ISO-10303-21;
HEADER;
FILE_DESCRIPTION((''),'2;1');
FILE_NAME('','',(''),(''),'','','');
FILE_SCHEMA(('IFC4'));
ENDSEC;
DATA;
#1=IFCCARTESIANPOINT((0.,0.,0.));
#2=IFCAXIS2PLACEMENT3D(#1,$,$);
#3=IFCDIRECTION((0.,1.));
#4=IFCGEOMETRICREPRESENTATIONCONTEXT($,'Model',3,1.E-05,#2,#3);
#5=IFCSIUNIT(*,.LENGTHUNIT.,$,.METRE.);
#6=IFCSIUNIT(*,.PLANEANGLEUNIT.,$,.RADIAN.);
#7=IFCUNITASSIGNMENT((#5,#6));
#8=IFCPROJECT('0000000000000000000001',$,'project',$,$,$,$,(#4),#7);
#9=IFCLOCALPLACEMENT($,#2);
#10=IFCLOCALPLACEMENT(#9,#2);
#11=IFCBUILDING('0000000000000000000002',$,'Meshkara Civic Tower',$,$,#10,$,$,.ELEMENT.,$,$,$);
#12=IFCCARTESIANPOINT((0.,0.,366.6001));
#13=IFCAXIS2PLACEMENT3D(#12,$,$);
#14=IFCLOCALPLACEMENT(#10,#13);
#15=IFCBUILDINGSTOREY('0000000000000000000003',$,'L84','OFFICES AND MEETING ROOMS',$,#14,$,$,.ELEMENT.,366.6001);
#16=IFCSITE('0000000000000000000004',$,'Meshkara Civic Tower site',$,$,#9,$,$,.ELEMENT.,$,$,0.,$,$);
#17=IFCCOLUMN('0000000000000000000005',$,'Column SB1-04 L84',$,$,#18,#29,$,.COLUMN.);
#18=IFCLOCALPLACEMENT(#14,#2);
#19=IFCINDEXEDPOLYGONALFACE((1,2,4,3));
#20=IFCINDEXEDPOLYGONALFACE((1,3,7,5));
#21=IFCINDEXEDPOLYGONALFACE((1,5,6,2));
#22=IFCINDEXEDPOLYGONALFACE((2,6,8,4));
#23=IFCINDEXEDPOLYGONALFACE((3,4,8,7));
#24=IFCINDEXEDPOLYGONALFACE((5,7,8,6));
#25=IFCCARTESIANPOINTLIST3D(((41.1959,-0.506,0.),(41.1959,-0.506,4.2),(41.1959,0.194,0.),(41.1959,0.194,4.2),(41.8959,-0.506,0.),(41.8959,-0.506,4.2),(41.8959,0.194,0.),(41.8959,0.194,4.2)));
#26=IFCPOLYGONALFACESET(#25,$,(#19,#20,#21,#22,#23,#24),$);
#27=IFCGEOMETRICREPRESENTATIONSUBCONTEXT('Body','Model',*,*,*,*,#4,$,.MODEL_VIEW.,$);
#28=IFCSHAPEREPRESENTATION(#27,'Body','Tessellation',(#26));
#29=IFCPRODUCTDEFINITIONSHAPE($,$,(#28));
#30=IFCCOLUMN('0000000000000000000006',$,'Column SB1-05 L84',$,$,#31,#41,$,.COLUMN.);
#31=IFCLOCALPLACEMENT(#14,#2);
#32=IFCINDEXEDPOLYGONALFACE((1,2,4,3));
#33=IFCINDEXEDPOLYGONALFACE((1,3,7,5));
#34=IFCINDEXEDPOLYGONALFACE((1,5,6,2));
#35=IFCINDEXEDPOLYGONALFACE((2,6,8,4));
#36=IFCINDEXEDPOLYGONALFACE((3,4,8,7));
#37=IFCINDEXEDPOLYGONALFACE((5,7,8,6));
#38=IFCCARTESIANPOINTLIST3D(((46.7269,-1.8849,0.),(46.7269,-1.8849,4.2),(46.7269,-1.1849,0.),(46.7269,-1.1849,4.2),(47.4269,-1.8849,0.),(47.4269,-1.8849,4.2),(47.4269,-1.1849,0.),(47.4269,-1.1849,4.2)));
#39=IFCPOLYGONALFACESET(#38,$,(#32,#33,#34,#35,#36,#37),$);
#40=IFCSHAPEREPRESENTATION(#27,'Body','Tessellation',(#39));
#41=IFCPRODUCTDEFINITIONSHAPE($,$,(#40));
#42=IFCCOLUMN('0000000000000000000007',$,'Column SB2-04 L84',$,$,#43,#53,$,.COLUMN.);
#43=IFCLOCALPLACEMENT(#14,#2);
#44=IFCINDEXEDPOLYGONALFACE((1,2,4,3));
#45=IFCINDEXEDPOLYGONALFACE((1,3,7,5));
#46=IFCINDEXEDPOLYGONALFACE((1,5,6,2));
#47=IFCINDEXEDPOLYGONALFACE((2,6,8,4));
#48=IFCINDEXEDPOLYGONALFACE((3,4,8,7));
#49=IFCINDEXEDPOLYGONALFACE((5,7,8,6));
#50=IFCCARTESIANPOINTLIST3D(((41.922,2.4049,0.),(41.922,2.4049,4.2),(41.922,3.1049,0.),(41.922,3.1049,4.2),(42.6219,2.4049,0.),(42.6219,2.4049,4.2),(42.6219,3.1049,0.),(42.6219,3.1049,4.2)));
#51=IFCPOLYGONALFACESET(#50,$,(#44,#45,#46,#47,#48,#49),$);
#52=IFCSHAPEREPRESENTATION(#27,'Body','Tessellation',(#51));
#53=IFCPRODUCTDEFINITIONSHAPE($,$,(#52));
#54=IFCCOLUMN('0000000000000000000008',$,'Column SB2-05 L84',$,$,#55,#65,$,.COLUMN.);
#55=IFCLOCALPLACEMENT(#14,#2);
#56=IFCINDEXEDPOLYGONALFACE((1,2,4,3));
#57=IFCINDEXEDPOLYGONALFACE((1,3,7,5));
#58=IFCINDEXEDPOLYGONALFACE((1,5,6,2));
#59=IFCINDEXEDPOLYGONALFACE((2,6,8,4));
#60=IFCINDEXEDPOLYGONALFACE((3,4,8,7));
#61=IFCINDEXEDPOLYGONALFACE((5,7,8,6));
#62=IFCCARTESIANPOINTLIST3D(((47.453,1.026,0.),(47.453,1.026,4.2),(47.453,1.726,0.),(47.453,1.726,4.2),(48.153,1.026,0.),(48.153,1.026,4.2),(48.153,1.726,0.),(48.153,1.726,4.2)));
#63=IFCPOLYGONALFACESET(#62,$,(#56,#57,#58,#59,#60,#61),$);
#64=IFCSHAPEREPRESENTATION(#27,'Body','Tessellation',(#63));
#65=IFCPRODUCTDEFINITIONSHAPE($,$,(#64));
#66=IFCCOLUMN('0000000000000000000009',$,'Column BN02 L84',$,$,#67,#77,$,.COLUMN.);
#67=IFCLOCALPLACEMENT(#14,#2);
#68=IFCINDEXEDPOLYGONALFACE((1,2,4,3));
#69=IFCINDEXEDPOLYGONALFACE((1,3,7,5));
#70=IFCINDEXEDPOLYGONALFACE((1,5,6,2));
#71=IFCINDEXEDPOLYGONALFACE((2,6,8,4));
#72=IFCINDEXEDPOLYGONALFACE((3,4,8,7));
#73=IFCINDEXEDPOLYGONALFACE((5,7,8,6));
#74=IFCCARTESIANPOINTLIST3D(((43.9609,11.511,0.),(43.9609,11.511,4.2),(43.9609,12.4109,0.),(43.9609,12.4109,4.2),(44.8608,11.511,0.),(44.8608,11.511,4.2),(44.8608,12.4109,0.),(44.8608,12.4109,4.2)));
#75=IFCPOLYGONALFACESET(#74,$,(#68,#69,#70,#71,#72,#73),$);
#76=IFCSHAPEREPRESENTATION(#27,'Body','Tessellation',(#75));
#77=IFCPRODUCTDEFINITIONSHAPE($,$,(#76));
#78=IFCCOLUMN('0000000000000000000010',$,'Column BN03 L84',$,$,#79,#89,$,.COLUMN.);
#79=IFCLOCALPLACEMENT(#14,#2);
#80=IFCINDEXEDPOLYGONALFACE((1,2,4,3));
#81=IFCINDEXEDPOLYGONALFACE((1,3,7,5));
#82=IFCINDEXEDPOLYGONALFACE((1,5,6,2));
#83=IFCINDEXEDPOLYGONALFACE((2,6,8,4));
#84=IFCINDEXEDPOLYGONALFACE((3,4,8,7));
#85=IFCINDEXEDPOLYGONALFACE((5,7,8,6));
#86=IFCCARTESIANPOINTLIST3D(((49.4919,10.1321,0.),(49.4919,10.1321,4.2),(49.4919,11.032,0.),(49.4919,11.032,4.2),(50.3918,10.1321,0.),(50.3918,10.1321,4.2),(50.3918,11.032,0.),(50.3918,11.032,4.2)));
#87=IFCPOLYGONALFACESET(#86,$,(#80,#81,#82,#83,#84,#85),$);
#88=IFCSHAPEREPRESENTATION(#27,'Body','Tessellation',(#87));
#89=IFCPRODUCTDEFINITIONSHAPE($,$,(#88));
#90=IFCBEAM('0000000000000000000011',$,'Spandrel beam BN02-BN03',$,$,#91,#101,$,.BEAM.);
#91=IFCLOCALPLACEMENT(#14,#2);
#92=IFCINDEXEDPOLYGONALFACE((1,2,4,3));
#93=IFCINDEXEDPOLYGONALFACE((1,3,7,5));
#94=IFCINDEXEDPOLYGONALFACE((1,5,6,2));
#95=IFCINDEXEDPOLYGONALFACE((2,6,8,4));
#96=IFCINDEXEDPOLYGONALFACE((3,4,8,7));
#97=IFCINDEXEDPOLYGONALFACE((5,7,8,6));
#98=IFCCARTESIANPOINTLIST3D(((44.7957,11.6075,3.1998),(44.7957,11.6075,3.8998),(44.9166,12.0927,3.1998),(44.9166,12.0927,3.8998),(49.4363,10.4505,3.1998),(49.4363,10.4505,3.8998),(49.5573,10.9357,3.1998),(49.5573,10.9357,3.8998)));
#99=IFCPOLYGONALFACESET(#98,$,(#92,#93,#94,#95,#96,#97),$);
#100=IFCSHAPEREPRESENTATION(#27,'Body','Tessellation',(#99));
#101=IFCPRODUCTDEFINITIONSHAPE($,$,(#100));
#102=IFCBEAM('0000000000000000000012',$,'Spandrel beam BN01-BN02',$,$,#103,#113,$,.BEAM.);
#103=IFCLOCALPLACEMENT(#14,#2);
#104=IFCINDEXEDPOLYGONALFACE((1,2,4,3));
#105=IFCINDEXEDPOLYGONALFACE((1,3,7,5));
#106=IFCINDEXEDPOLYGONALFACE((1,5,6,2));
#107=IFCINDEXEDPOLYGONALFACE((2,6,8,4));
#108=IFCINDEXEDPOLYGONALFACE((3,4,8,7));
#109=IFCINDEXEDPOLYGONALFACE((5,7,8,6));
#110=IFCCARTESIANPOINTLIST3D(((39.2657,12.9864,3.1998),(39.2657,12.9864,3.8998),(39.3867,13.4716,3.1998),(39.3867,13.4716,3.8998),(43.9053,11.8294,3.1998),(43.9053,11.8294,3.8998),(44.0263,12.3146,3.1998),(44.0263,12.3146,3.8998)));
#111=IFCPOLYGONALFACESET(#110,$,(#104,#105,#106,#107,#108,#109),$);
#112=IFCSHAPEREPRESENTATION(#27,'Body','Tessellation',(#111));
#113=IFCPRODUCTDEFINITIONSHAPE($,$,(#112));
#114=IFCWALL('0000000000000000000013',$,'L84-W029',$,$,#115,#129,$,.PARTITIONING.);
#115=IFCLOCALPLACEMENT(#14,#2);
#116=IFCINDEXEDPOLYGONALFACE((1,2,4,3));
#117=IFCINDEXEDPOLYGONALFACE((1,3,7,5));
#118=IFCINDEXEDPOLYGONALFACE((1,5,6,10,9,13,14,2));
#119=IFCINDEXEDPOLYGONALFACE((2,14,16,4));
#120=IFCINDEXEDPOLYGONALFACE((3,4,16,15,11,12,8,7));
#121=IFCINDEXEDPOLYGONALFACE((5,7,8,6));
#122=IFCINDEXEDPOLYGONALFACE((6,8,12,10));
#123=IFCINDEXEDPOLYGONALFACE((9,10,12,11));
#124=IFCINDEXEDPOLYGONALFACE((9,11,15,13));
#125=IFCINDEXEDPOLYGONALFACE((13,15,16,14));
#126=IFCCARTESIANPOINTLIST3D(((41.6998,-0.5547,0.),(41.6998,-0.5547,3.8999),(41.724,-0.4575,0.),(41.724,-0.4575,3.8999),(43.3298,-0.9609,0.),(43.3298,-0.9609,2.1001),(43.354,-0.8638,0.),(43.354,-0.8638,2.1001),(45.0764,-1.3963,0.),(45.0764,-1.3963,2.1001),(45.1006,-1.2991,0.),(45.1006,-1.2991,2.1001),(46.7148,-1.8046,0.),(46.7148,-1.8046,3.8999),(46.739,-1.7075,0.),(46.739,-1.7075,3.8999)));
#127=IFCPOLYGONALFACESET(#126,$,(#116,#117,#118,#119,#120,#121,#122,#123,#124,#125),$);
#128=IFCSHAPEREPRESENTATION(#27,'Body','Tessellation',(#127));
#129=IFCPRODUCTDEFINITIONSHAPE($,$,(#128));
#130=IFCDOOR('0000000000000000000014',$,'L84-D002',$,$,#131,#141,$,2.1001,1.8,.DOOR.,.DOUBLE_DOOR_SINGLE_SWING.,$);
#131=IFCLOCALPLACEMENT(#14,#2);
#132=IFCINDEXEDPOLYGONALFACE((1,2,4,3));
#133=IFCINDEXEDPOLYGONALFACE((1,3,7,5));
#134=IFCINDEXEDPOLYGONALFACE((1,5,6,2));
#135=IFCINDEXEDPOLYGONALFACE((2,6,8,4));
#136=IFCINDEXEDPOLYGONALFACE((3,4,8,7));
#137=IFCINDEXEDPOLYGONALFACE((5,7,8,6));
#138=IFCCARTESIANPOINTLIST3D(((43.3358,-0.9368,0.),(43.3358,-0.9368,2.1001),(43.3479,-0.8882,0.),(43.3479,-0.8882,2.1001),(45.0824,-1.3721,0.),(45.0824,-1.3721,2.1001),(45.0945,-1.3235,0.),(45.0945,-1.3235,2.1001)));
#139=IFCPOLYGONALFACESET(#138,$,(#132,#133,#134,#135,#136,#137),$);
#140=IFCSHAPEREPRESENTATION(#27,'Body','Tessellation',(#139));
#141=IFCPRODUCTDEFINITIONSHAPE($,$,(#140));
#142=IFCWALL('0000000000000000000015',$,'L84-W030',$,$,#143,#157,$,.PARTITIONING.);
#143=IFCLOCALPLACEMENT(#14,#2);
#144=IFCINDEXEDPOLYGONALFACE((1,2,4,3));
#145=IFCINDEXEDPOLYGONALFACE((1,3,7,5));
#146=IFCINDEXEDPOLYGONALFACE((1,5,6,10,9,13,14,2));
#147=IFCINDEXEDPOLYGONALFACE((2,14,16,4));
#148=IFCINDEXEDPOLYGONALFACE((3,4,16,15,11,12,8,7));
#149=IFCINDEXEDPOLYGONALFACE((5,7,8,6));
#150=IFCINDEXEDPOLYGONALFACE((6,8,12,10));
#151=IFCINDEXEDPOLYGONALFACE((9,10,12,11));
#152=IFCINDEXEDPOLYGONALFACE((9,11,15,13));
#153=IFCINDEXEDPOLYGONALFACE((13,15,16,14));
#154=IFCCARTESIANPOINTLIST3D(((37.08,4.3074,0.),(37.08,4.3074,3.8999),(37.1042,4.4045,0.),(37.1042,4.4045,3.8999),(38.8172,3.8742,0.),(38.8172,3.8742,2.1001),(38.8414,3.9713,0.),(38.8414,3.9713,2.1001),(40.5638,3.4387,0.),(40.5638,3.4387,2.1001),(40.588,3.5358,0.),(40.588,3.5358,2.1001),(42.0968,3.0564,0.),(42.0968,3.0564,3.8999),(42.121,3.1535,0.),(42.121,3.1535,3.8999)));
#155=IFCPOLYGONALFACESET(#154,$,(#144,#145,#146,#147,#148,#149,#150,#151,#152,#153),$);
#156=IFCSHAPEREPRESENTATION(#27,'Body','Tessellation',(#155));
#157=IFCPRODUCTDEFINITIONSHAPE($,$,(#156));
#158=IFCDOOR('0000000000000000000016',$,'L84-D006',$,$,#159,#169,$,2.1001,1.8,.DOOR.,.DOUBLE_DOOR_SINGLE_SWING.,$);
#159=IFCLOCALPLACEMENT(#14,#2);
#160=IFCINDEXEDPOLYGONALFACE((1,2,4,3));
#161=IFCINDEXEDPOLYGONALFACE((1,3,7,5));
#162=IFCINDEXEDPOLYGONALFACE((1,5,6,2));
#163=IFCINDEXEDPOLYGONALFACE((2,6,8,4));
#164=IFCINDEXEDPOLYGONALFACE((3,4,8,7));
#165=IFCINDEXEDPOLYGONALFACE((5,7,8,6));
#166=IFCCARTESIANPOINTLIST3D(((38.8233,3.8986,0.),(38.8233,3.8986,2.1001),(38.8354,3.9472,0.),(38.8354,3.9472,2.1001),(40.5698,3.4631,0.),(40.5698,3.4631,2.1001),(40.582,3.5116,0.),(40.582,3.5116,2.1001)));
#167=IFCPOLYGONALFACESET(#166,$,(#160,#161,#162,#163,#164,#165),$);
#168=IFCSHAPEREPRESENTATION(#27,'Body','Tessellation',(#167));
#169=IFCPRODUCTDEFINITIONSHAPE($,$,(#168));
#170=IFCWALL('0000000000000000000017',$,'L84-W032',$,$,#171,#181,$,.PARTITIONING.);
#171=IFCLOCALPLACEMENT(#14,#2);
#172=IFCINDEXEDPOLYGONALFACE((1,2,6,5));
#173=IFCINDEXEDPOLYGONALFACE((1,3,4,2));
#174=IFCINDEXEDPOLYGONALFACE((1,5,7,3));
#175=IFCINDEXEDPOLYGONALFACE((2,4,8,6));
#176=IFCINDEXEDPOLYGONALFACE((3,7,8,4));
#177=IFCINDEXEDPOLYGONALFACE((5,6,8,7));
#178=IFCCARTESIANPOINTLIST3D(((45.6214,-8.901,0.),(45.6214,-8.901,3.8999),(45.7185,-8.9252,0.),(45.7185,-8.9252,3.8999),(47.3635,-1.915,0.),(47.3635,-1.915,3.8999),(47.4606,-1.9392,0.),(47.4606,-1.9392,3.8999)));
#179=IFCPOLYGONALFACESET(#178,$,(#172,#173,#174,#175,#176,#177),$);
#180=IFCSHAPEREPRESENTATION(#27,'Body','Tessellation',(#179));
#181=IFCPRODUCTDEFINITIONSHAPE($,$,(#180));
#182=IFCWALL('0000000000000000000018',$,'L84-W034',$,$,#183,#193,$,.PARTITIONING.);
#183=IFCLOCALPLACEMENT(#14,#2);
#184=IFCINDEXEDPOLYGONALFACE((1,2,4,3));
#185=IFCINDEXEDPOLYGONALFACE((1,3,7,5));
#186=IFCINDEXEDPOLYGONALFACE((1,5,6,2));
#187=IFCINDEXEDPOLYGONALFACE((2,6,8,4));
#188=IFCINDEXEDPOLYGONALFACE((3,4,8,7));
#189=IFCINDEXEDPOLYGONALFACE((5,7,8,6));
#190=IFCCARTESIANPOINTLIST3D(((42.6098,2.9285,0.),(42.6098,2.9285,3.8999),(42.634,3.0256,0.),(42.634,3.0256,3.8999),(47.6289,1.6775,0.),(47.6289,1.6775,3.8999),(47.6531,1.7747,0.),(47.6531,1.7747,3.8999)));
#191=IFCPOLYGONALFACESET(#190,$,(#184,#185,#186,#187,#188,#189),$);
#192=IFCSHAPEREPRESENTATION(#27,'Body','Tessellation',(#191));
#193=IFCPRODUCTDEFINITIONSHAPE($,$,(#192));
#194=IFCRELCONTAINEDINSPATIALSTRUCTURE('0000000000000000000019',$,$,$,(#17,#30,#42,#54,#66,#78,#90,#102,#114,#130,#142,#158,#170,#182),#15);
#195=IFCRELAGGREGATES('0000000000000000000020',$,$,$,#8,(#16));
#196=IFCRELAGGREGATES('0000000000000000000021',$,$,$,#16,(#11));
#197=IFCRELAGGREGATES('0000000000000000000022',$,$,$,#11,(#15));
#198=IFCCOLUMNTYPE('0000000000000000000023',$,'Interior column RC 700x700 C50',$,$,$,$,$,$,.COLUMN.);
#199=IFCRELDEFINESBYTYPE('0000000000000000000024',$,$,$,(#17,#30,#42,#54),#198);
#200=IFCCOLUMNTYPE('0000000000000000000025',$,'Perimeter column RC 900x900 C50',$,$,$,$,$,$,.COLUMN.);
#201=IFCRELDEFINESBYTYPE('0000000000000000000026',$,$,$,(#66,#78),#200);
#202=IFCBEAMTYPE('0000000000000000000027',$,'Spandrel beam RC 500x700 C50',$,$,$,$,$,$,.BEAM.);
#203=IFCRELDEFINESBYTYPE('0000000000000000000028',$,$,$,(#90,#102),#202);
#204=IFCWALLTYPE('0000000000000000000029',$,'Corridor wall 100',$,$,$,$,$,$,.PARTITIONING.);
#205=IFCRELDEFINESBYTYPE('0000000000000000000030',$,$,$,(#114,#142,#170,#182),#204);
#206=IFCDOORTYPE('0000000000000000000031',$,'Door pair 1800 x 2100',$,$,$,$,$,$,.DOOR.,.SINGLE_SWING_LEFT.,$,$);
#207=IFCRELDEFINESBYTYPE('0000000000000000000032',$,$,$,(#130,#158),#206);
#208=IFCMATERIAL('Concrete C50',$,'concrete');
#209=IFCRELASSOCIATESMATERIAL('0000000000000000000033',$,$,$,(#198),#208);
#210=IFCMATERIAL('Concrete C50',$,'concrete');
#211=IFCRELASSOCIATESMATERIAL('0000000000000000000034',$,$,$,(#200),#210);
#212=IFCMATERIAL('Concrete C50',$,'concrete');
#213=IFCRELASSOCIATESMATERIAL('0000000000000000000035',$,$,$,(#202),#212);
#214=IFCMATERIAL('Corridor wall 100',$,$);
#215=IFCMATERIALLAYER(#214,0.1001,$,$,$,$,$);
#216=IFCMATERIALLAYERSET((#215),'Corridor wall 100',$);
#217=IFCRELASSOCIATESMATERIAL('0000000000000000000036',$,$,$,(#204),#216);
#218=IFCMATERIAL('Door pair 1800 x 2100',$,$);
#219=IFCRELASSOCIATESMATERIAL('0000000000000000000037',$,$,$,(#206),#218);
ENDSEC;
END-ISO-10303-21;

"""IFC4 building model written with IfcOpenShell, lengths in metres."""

from ifc_helpers import new_model, si_unit, direction, frame, frame_2d, origin, origin_2d, place, context, subcontext, project, spatial, rectangle, extrude, material, layer, layer_set, material_profile, profile_set, type_object, element, fill, save


model = new_model("IFC4")

# Units and contexts
model_context = context("Model", 3, precision=1e-05, world=origin(), true_north=direction((0.0, 1.0)))
body_context = subcontext(model_context, "Body", "Model", "MODEL_VIEW")
ifc_project = project(units=[si_unit("LENGTHUNIT", "METRE"), si_unit("PLANEANGLEUNIT", "RADIAN")], contexts=[model_context])

# Site, building, storey
site_placement = place(None, origin())
site = spatial("IfcSite", under=ifc_project, at=site_placement, Name="Meshkara Civic Tower site", CompositionType="ELEMENT", RefElevation=0.0)
building_placement = place(site_placement, origin())
building = spatial("IfcBuilding", under=site, at=building_placement, Name="Meshkara Civic Tower", CompositionType="ELEMENT")
storey_placement = place(building_placement, frame((0.0, 0.0, 366.6001)))
storey = spatial("IfcBuildingStorey", under=building, at=storey_placement, Name="L84", Description="OFFICES AND MEETING ROOMS", CompositionType="ELEMENT", Elevation=366.6001)

# Columns
ifc_material_1 = material(Name="Concrete C50", Category="concrete")
ifc_material_profile_1 = material_profile(ifc_material_1, rectangle(XDim=0.7, YDim=0.7, at=origin_2d()))
ifc_profile_set_1 = profile_set([ifc_material_profile_1], Name="Concrete C50")
column_type_1 = type_object("IfcColumnType", Name="Interior column RC 700x700 C50", PredefinedType="COLUMN", material=ifc_profile_set_1)
for number, where, z_axis, x_axis, name in (
    (1, (41.5459, -0.156, 0.0), (0.0, 0.0, 1.0), (1.0, 0.0, 0.0), "Column SB1-04 L84"),
    (2, (47.0769, -1.5349, 0.0), (0.0, 0.0, 1.0), (1.0, 0.0, 0.0), "Column SB1-05 L84"),
    (3, (42.272, 2.7549, 0.0), (0.0, 0.0, 1.0), (1.0, 0.0, 0.0), "Column SB2-04 L84"),
    (4, (47.803, 1.376, 0.0), (0.0, 0.0, 1.0), (1.0, 0.0, 0.0), "Column SB2-05 L84"),
):
    element("IfcColumn", number, at=place(storey_placement, frame(where, z_axis=z_axis, x_axis=x_axis)), inside=storey, type_object=column_type_1, Name=name, PredefinedType="COLUMN", context=body_context, shape_type="SweptSolid", body=[
        extrude(rectangle(XDim=0.7, YDim=0.7, at=origin_2d()), origin(), (0.0, 0.0, 1.0), 4.2),
    ])
ifc_material_2 = material(Name="Concrete C50", Category="concrete")
ifc_material_profile_2 = material_profile(ifc_material_2, rectangle(XDim=0.8999, YDim=0.8999, at=origin_2d()))
ifc_profile_set_2 = profile_set([ifc_material_profile_2], Name="Concrete C50")
column_type_2 = type_object("IfcColumnType", Name="Perimeter column RC 900x900 C50", PredefinedType="COLUMN", material=ifc_profile_set_2)
for number, where, z_axis, x_axis, name in (
    (5, (44.4109, 11.9609, 0.0), (0.0, 0.0, 1.0), (1.0, 0.0, 0.0), "Column BN02 L84"),
    (6, (49.9419, 10.582, 0.0), (0.0, 0.0, 1.0), (1.0, 0.0, 0.0), "Column BN03 L84"),
):
    element("IfcColumn", number, at=place(storey_placement, frame(where, z_axis=z_axis, x_axis=x_axis)), inside=storey, type_object=column_type_2, Name=name, PredefinedType="COLUMN", context=body_context, shape_type="SweptSolid", body=[
        extrude(rectangle(XDim=0.8999, YDim=0.8999, at=origin_2d()), origin(), (0.0, 0.0, 1.0), 4.2),
    ])

# Beams
ifc_material_3 = material(Name="Concrete C50", Category="concrete")
ifc_material_profile_3 = material_profile(ifc_material_3, rectangle(XDim=0.5, YDim=0.7, at=origin_2d()))
ifc_profile_set_3 = profile_set([ifc_material_profile_3], Name="Concrete C50")
beam_type = type_object("IfcBeamType", Name="Spandrel beam RC 500x700 C50", PredefinedType="BEAM", material=ifc_profile_set_3)
beam_1_placement = place(storey_placement, frame((49.4968, 10.6931, 3.5498), z_axis=(-0.970298, 0.241911, 0.0), x_axis=(-0.241911, -0.970298, 0.0)))
element("IfcBeam", 7, at=beam_1_placement, inside=storey, type_object=beam_type, Name="Spandrel beam BN02-BN03", PredefinedType="BEAM", context=body_context, shape_type="SweptSolid", body=[
    extrude(rectangle(XDim=0.5, YDim=0.7, at=origin_2d()), origin(), (0.0, 0.0, 1.0), 4.7827),
])
beam_2_placement = place(storey_placement, frame((43.9658, 12.072, 3.5498), z_axis=(-0.970286, 0.241959, 0.0), x_axis=(-0.241959, -0.970286, 0.0)))
element("IfcBeam", 8, at=beam_2_placement, inside=storey, type_object=beam_type, Name="Spandrel beam BN01-BN02", PredefinedType="BEAM", context=body_context, shape_type="SweptSolid", body=[
    extrude(rectangle(XDim=0.5, YDim=0.7, at=origin_2d()), origin(), (0.0, 0.0, 1.0), 4.7817),
])

# Walls, openings, doors
ifc_material_4 = material(Name="Corridor wall 100")
ifc_layer_1 = layer(ifc_material_4, 0.1001)
ifc_layer_set_1 = layer_set([ifc_layer_1], Name="Corridor wall 100")
wall_type_1 = type_object("IfcWallType", Name="Corridor wall 100", PredefinedType="PARTITIONING", material=ifc_layer_set_1)
wall_1_placement = place(storey_placement, frame((41.7119, -0.5061, 0.0), z_axis=(0.0, 0.0, 1.0), x_axis=(0.970315, -0.241846, 0.0)))
wall_1 = element("IfcWall", 9, at=wall_1_placement, inside=storey, type_object=wall_type_1, Name="L84-W029", PredefinedType="PARTITIONING", context=body_context, shape_type="SweptSolid", body=[
    extrude(rectangle(XDim=5.1685, YDim=0.1001, at=frame_2d((2.5842, 0.0))), origin(), (0.0, 0.0, 1.0), 3.8999),
])
opening_1_placement = place(wall_1_placement, frame((1.6799, 0.0, 0.0)))
opening_1 = element("IfcOpeningElement", 10, at=opening_1_placement, cuts=wall_1, PredefinedType="OPENING", context=body_context, shape_type="SweptSolid", body=[
    extrude(rectangle(XDim=1.8, YDim=2.1001, at=frame_2d((0.8999, 1.05))), frame((0.0, 0.0601, 0.0), z_axis=(0.0, -1.0, 0.0), x_axis=(1.0, 0.0, 0.0)), (0.0, 0.0, 1.0), 0.1201),
])
ifc_material_5 = material(Name="Door pair 1800 x 2100")
door_type_1 = type_object("IfcDoorType", Name="Door pair 1800 x 2100", OperationType="SINGLE_SWING_LEFT", PredefinedType="DOOR", material=ifc_material_5)
door_1_placement = place(opening_1_placement, origin())
door_1 = element("IfcDoor", 11, at=door_1_placement, inside=storey, type_object=door_type_1, Name="L84-D002", OperationType="DOUBLE_DOOR_SINGLE_SWING", OverallHeight=2.1001, OverallWidth=1.8, PredefinedType="DOOR", context=body_context, shape_type="SweptSolid", body=[
    extrude(rectangle(XDim=1.8, YDim=2.1001, at=frame_2d((0.8999, 1.05))), frame((0.0, 0.0249, 0.0), z_axis=(0.0, -1.0, 0.0), x_axis=(1.0, 0.0, 0.0)), (0.0, 0.0, 1.0), 0.05),
])
fill(opening_1, door_1)
wall_2_placement = place(storey_placement, frame((42.1089, 3.105, 0.0), z_axis=(0.0, 0.0, 1.0), x_axis=(-0.97029, 0.241947, 0.0)))
wall_2 = element("IfcWall", 12, at=wall_2_placement, inside=storey, type_object=wall_type_1, Name="L84-W030", PredefinedType="PARTITIONING", context=body_context, shape_type="SweptSolid", body=[
    extrude(rectangle(XDim=5.1704, YDim=0.1001, at=frame_2d((2.5852, 0.0))), origin(), (0.0, 0.0, 1.0), 3.8999),
])
opening_2_placement = place(wall_2_placement, frame((1.5801, 0.0, 0.0)))
opening_2 = element("IfcOpeningElement", 13, at=opening_2_placement, cuts=wall_2, PredefinedType="OPENING", context=body_context, shape_type="SweptSolid", body=[
    extrude(rectangle(XDim=1.8, YDim=2.1001, at=frame_2d((0.8999, 1.05))), frame((0.0, 0.0601, 0.0), z_axis=(0.0, -1.0, 0.0), x_axis=(1.0, 0.0, 0.0)), (0.0, 0.0, 1.0), 0.1201),
])
door_2_placement = place(opening_2_placement, origin())
door_2 = element("IfcDoor", 14, at=door_2_placement, inside=storey, type_object=door_type_1, Name="L84-D006", OperationType="DOUBLE_DOOR_SINGLE_SWING", OverallHeight=2.1001, OverallWidth=1.8, PredefinedType="DOOR", context=body_context, shape_type="SweptSolid", body=[
    extrude(rectangle(XDim=1.8, YDim=2.1001, at=frame_2d((0.8999, 1.05))), frame((0.0, 0.0249, 0.0), z_axis=(0.0, -1.0, 0.0), x_axis=(1.0, 0.0, 0.0)), (0.0, 0.0, 1.0), 0.05),
])
fill(opening_2, door_2)

# Walls
wall_3_placement = place(storey_placement, frame((47.4121, -1.927, 0.0), z_axis=(0.0, 0.0, 1.0), x_axis=(-0.241969, -0.970284, 0.0)))
element("IfcWall", 15, at=wall_3_placement, inside=storey, type_object=wall_type_1, Name="L84-W032", PredefinedType="PARTITIONING", context=body_context, shape_type="SweptSolid", body=[
    extrude(rectangle(XDim=7.2, YDim=0.1001, at=frame_2d((3.6001, 0.0))), origin(), (0.0, 0.0, 1.0), 3.8999),
])
wall_4_placement = place(storey_placement, frame((47.6411, 1.7261, 0.0), z_axis=(0.0, 0.0, 1.0), x_axis=(-0.970314, 0.241847, 0.0)))
element("IfcWall", 16, at=wall_4_placement, inside=storey, type_object=wall_type_1, Name="L84-W034", PredefinedType="PARTITIONING", context=body_context, shape_type="SweptSolid", body=[
    extrude(rectangle(XDim=5.1726, YDim=0.1001, at=frame_2d((2.5864, 0.0))), origin(), (0.0, 0.0, 1.0), 3.8999),
])

save(model, "model.ifc")
